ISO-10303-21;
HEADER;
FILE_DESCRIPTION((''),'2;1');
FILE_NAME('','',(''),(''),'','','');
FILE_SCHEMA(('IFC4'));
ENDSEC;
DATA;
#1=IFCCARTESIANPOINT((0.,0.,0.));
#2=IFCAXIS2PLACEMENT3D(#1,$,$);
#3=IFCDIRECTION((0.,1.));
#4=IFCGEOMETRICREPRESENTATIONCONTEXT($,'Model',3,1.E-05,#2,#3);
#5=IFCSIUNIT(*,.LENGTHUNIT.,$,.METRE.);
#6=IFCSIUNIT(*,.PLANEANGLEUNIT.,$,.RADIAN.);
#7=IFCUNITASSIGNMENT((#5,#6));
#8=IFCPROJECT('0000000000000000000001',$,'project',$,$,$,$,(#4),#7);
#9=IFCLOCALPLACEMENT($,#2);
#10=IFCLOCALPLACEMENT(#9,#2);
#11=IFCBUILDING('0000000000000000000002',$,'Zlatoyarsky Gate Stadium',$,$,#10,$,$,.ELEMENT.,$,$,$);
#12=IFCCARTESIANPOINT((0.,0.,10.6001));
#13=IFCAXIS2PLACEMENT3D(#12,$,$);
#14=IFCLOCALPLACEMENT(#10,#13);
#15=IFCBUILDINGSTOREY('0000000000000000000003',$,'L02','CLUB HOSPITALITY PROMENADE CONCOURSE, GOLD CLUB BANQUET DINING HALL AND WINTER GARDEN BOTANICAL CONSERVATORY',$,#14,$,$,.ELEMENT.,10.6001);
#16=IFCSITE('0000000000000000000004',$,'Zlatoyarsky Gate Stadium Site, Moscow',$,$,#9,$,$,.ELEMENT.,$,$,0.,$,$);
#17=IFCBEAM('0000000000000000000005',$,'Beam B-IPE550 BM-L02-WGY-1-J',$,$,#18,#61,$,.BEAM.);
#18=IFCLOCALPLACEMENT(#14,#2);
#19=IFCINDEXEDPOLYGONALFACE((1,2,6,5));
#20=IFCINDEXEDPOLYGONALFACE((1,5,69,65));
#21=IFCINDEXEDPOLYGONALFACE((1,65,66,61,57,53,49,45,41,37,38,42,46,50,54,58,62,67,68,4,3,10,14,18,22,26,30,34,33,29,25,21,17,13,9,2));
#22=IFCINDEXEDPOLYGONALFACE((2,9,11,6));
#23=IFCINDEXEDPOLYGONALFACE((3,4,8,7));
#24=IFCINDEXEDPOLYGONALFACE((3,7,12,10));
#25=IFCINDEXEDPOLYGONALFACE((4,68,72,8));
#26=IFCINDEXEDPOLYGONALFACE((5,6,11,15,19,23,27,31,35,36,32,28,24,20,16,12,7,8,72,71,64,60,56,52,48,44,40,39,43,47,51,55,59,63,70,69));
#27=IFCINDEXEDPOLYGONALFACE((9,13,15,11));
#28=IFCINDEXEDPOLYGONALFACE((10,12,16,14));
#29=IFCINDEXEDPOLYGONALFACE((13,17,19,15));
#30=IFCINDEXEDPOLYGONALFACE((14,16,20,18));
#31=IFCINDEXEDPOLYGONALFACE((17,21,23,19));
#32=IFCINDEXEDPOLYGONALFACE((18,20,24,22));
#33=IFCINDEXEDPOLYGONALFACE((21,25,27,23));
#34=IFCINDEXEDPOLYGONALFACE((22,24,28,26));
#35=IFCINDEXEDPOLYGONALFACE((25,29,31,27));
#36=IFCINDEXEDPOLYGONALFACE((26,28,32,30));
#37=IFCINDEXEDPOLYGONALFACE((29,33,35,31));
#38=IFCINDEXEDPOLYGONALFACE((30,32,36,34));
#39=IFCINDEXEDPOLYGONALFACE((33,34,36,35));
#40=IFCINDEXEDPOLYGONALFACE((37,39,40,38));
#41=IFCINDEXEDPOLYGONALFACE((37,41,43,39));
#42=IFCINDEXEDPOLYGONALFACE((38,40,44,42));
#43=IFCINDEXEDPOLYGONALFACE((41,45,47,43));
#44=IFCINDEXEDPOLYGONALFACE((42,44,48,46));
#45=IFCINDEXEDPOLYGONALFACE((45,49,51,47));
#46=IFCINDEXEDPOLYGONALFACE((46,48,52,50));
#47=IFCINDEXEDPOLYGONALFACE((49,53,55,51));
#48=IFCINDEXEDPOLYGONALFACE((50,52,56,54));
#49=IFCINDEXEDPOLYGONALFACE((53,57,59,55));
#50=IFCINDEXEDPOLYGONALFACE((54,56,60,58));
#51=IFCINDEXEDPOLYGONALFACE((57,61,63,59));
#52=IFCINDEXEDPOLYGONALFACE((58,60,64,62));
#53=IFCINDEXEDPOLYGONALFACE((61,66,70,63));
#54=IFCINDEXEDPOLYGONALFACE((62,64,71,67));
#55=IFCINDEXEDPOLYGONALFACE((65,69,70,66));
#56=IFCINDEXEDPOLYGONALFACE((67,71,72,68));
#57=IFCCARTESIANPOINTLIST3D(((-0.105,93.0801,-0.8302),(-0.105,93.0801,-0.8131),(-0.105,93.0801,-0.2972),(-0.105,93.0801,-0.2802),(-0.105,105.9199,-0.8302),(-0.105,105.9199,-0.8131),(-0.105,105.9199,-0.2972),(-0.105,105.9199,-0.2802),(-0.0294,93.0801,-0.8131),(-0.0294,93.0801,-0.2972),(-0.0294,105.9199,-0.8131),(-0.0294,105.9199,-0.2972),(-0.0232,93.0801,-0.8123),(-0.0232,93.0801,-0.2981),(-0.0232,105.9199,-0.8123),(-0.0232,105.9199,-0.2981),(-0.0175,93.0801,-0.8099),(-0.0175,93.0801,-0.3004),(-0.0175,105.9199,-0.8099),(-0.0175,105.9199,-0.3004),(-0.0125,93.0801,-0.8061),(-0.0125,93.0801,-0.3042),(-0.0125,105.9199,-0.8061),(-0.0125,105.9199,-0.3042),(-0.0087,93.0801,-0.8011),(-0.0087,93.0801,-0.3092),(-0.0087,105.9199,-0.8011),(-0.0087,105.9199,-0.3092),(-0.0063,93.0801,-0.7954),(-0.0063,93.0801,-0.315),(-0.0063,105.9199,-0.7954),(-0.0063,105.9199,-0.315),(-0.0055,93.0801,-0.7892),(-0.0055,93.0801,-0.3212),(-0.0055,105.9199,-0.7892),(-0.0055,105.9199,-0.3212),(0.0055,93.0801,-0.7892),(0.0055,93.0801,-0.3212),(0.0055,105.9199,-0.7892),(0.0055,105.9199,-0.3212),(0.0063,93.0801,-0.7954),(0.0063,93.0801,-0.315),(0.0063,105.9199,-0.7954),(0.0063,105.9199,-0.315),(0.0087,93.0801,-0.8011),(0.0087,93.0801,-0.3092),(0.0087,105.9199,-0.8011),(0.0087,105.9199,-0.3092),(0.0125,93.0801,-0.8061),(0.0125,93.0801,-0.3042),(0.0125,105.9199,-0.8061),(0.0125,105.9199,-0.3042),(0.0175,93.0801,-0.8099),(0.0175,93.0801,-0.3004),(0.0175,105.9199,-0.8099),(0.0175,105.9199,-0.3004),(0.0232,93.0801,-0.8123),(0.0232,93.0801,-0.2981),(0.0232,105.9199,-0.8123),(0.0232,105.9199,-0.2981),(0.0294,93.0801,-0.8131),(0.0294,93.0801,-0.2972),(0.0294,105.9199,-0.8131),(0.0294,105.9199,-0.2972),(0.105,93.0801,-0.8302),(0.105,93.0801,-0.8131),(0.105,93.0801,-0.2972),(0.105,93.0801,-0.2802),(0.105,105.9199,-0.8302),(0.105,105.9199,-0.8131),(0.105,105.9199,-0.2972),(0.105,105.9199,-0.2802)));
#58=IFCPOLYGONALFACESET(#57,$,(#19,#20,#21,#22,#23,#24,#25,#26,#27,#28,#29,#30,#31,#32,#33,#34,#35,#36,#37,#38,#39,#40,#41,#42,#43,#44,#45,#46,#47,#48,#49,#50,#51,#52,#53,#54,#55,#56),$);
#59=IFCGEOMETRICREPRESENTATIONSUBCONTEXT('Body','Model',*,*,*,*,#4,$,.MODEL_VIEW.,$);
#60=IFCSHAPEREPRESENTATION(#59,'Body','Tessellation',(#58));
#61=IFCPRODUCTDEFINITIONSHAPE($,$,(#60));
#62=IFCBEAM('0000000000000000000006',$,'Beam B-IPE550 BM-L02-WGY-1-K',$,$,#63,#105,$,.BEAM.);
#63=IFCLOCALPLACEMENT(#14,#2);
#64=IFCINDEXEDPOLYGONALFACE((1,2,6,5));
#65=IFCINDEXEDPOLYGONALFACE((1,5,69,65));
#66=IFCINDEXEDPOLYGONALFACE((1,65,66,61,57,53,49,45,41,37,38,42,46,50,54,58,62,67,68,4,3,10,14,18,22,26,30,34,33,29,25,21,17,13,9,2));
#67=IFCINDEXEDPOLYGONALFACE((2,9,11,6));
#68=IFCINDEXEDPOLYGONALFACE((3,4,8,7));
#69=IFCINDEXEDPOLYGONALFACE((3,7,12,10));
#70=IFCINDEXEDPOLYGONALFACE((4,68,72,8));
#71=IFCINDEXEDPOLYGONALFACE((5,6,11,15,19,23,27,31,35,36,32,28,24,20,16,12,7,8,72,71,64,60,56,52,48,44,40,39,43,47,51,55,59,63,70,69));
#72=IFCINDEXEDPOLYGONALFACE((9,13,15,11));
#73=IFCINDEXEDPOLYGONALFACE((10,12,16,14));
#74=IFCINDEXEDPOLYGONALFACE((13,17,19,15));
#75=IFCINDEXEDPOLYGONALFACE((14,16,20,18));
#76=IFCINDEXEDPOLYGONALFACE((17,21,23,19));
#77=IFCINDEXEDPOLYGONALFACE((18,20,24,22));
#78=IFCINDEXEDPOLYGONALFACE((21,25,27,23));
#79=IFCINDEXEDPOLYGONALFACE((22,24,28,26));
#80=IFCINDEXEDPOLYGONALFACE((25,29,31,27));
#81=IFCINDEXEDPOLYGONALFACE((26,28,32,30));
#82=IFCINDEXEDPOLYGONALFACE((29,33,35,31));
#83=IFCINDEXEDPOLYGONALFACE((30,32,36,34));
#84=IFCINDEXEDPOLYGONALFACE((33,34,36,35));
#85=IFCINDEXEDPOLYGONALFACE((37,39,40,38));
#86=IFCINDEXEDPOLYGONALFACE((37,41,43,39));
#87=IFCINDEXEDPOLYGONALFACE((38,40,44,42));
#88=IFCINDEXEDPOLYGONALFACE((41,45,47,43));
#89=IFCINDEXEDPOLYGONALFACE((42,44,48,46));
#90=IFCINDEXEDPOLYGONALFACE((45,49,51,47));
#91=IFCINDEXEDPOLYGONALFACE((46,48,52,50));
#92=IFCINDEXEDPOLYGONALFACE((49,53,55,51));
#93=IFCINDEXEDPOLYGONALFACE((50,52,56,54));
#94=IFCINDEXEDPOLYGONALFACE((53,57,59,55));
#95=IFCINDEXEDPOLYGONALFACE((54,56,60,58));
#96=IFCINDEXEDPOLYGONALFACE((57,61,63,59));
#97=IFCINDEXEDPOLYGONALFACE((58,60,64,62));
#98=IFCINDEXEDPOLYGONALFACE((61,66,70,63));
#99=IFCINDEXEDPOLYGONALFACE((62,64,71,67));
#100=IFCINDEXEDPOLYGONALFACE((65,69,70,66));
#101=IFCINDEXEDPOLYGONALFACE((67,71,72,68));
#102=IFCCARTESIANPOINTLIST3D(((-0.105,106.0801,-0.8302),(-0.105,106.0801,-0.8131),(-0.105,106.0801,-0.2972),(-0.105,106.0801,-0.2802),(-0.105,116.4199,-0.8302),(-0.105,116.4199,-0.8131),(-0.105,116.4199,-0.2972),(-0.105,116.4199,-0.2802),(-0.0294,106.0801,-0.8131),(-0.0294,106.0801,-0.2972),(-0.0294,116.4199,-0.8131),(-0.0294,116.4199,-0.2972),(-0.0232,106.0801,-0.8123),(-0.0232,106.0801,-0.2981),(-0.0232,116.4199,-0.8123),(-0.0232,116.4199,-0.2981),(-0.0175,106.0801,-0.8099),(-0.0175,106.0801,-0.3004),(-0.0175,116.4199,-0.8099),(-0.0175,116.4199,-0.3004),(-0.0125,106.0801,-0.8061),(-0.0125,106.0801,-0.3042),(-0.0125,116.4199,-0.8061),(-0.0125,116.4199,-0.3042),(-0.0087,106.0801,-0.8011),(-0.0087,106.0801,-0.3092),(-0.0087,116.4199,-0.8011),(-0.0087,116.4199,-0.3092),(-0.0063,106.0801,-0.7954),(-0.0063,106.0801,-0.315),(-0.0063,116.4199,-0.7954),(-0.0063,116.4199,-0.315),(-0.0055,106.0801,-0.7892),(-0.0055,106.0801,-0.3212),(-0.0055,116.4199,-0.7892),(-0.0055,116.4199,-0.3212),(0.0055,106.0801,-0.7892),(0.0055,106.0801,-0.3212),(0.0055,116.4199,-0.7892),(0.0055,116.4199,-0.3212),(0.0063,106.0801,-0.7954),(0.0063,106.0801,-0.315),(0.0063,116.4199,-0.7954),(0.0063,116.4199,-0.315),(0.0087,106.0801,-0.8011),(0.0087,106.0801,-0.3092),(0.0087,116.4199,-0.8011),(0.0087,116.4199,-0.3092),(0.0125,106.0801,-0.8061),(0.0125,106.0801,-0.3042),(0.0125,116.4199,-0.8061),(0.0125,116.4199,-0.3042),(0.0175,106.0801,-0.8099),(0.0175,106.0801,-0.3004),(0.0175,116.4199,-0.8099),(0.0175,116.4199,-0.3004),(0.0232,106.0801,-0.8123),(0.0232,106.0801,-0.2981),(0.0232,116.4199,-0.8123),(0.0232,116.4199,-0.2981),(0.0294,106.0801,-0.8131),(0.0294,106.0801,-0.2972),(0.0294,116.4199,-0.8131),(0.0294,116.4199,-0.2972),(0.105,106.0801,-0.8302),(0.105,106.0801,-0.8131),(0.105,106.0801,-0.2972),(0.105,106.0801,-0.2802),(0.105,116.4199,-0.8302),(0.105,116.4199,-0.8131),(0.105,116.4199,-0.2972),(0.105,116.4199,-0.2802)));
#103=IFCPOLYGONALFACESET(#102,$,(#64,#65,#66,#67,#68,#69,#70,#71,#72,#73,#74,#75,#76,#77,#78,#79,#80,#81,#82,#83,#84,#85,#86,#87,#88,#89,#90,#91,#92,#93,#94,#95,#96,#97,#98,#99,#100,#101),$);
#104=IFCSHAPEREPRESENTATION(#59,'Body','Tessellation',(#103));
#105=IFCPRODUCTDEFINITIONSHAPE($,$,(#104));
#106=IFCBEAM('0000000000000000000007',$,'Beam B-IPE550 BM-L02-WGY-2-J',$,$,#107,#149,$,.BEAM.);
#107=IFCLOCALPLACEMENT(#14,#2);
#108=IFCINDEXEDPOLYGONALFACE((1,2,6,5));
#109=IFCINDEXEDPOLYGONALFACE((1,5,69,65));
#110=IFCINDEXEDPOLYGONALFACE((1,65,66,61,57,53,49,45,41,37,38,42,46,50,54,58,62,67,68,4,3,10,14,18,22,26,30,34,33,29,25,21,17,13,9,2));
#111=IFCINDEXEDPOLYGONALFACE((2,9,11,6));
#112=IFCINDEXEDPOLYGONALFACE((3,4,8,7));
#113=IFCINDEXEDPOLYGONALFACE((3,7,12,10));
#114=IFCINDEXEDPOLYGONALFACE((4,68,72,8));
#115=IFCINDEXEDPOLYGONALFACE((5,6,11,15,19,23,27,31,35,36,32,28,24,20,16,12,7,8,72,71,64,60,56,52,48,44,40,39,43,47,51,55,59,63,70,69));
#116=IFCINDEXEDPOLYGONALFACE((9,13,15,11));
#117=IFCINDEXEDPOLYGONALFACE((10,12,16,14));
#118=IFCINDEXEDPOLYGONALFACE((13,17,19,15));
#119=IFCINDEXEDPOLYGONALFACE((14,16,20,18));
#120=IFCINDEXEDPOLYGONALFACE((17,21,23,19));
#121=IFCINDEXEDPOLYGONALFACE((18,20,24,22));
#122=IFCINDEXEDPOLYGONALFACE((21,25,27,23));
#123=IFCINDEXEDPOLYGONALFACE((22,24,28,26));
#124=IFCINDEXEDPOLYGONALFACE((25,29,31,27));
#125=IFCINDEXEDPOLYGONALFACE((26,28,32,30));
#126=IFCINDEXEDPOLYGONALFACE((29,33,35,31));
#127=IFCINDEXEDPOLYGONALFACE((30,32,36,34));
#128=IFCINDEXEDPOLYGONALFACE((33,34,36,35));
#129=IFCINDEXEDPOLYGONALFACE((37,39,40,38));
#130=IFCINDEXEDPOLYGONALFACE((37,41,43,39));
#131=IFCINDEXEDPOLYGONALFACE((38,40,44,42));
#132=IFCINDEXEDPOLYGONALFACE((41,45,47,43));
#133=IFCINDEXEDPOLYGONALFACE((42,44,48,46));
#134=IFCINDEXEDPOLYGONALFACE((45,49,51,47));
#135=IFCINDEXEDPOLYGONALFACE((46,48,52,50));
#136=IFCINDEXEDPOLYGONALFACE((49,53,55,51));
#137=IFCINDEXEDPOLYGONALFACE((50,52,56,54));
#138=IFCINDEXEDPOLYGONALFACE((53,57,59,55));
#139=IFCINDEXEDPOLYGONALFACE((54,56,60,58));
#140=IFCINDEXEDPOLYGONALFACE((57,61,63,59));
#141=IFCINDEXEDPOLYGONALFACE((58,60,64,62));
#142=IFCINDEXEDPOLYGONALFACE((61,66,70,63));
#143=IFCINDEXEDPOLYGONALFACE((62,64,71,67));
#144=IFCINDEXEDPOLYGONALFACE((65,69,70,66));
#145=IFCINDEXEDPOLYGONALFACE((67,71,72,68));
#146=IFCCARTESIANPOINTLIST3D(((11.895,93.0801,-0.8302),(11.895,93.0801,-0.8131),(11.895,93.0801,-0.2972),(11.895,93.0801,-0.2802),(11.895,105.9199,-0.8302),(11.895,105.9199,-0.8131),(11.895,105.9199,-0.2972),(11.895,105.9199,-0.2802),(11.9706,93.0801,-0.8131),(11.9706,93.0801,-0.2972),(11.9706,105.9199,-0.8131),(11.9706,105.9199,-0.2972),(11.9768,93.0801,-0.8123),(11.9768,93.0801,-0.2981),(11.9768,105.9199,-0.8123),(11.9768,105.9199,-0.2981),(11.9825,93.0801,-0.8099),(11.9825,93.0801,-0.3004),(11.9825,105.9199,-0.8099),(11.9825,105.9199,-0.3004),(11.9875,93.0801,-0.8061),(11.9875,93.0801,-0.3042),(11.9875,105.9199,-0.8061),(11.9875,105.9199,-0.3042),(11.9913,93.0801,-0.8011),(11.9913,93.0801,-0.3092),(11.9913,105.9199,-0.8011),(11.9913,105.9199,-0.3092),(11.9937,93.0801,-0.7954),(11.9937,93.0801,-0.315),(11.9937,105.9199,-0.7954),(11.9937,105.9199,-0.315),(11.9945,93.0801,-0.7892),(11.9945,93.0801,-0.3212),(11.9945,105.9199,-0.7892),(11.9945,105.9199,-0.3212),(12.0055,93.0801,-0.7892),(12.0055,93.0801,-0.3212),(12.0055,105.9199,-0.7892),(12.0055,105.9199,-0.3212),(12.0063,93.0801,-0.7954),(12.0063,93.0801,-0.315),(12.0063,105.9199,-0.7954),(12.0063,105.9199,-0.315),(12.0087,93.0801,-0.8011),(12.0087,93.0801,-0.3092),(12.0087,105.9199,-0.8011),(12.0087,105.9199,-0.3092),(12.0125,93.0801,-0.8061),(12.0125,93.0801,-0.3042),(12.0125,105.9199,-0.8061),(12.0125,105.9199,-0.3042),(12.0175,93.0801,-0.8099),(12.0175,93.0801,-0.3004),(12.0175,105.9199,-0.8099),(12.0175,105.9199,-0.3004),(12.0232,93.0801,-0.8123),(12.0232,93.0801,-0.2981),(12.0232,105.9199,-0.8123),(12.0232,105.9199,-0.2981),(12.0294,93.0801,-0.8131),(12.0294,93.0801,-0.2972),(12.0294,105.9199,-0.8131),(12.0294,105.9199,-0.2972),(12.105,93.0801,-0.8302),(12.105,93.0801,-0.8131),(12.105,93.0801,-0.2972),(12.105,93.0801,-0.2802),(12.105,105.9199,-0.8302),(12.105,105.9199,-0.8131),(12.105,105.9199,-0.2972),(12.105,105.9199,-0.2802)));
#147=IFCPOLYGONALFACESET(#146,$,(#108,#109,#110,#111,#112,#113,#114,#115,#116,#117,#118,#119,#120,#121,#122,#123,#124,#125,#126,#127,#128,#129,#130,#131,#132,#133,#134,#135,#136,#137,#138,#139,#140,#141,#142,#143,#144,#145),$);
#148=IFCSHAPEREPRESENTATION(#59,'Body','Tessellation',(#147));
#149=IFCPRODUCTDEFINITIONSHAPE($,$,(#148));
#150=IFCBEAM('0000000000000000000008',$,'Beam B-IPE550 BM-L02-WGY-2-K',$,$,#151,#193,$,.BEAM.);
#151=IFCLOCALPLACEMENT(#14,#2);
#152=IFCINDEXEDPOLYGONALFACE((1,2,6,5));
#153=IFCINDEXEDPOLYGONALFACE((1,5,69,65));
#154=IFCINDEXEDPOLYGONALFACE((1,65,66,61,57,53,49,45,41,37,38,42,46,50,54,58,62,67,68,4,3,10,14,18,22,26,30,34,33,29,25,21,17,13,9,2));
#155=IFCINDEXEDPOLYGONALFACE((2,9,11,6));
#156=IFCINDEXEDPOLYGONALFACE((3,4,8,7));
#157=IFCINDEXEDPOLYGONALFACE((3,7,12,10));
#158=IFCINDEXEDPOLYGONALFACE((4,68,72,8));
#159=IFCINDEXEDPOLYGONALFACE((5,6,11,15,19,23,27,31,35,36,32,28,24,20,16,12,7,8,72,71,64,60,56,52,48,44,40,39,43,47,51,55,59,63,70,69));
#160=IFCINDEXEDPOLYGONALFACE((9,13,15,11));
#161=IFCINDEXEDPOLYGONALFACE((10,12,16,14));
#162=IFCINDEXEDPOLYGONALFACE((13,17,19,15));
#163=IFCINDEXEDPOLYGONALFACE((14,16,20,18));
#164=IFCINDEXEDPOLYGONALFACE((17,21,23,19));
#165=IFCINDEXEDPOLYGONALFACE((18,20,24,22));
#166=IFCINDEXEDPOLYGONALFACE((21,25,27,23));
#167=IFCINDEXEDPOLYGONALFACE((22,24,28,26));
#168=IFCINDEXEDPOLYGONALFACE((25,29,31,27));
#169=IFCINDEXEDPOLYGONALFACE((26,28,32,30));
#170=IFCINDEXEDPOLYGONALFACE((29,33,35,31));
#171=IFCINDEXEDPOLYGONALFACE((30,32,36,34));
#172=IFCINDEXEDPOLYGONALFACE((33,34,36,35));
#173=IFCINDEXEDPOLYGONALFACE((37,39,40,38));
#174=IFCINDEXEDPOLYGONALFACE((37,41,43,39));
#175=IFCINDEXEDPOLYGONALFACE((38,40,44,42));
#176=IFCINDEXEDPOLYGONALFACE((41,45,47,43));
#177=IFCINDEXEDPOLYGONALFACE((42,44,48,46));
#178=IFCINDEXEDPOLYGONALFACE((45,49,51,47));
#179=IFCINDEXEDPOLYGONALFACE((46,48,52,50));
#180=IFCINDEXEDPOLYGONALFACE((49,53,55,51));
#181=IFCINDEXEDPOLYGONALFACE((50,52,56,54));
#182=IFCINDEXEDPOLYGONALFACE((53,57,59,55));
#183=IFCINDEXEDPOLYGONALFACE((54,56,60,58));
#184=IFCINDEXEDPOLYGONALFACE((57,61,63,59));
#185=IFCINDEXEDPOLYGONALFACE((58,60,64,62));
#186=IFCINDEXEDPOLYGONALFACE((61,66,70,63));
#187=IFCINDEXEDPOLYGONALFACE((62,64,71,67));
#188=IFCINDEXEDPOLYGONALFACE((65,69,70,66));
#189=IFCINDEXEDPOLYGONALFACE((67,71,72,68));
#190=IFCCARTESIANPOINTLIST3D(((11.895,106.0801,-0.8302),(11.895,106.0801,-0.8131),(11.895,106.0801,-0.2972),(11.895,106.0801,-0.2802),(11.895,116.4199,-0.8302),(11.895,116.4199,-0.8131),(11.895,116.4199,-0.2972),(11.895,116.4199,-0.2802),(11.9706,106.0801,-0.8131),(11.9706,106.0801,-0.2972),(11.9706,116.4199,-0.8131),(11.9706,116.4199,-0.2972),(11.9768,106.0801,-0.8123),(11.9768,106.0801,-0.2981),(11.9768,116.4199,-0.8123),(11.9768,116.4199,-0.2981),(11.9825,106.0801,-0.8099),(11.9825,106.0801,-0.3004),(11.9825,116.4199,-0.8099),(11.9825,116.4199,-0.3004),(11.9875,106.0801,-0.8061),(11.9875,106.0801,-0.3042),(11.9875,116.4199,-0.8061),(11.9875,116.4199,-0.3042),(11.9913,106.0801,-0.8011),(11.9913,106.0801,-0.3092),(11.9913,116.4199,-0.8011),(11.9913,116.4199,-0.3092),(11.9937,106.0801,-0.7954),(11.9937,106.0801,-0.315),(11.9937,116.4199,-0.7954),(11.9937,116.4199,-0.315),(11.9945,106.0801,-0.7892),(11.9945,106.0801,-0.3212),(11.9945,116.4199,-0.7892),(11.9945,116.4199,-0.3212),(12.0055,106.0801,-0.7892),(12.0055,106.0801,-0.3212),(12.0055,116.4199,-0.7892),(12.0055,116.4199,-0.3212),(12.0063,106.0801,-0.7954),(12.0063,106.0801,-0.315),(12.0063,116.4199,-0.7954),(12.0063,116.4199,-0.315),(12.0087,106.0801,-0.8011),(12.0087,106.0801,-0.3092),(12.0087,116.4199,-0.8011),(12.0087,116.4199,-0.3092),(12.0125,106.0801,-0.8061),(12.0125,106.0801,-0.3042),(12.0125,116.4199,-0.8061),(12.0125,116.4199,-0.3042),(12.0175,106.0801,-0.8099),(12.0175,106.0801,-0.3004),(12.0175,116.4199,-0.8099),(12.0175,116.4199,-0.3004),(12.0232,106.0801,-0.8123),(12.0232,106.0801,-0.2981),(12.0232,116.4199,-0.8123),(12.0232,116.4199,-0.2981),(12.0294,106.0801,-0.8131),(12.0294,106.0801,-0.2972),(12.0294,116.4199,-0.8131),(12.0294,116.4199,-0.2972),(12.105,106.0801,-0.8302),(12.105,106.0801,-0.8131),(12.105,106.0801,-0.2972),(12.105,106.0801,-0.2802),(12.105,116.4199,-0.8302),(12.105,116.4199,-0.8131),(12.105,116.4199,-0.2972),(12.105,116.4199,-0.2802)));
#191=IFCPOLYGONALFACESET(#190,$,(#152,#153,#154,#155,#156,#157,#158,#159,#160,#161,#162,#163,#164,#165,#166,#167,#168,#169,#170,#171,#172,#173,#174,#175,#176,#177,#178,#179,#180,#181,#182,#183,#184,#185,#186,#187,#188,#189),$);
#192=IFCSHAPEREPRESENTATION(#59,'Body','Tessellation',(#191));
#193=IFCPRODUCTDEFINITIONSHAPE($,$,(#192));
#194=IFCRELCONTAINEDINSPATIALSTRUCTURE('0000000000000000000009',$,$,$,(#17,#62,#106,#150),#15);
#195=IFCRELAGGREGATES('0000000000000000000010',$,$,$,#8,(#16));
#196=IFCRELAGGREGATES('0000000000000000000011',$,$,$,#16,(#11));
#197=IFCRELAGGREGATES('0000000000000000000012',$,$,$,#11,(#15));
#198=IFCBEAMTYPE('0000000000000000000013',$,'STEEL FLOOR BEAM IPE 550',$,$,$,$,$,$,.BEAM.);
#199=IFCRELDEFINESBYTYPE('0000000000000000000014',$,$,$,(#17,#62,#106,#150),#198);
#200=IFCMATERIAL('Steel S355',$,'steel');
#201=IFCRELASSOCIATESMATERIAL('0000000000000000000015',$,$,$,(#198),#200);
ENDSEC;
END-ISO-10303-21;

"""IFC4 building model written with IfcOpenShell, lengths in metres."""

from ifc_helpers import new_model, si_unit, direction, frame, origin, origin_2d, place, context, subcontext, project, spatial, i_section, extrude, material, material_profile, profile_set, type_object, element, save


model = new_model("IFC4")

# Units and contexts
model_context = context("Model", 3, precision=1e-05, world=origin(), true_north=direction((0.0, 1.0)))
body_context = subcontext(model_context, "Body", "Model", "MODEL_VIEW")
ifc_project = project(units=[si_unit("LENGTHUNIT", "METRE"), si_unit("PLANEANGLEUNIT", "RADIAN")], contexts=[model_context])

# Site, building, storey
site_placement = place(None, origin())
site = spatial("IfcSite", under=ifc_project, at=site_placement, Name="Zlatoyarsky Gate Stadium Site, Moscow", CompositionType="ELEMENT", RefElevation=0.0)
building_placement = place(site_placement, origin())
building = spatial("IfcBuilding", under=site, at=building_placement, Name="Zlatoyarsky Gate Stadium", CompositionType="ELEMENT")
storey_placement = place(building_placement, frame((0.0, 0.0, 10.6001)))
storey = spatial("IfcBuildingStorey", under=building, at=storey_placement, Name="L02", Description="CLUB HOSPITALITY PROMENADE CONCOURSE, GOLD CLUB BANQUET DINING HALL AND WINTER GARDEN BOTANICAL CONSERVATORY", CompositionType="ELEMENT", Elevation=10.6001)

# Shared definitions
ifc_material_1 = material(Name="Steel S355", Category="steel")

# Beams
ifc_material_profile_1 = material_profile(ifc_material_1, i_section(OverallWidth=0.21, OverallDepth=0.55, WebThickness=0.011, FlangeThickness=0.0171, FilletRadius=0.0239, at=origin_2d()), Name="IPE 550")
ifc_profile_set_1 = profile_set([ifc_material_profile_1], Name="Steel S355")
beam_type_1 = type_object("IfcBeamType", Name="STEEL FLOOR BEAM IPE 550", PredefinedType="BEAM", material=ifc_profile_set_1)
beam_1_placement = place(storey_placement, frame((0.0, 93.0801, -0.5552), z_axis=(0.0, 1.0, 0.0), x_axis=(-1.0, 0.0, 0.0)))
element("IfcBeam", 1, at=beam_1_placement, inside=storey, type_object=beam_type_1, Name="Beam B-IPE550 BM-L02-WGY-1-J", PredefinedType="BEAM", context=body_context, shape_type="SweptSolid", body=[
    extrude(i_section(OverallWidth=0.21, OverallDepth=0.55, WebThickness=0.011, FlangeThickness=0.0171, FilletRadius=0.0239, at=origin_2d()), origin(), (0.0, 0.0, 1.0), 12.8398),
])
beam_2_placement = place(storey_placement, frame((0.0, 106.0801, -0.5552), z_axis=(0.0, 1.0, 0.0), x_axis=(-1.0, 0.0, 0.0)))
element("IfcBeam", 2, at=beam_2_placement, inside=storey, type_object=beam_type_1, Name="Beam B-IPE550 BM-L02-WGY-1-K", PredefinedType="BEAM", context=body_context, shape_type="SweptSolid", body=[
    extrude(i_section(OverallWidth=0.21, OverallDepth=0.55, WebThickness=0.011, FlangeThickness=0.0171, FilletRadius=0.0239, at=origin_2d()), origin(), (0.0, 0.0, 1.0), 10.3398),
])
beam_3_placement = place(storey_placement, frame((12.0, 93.0801, -0.5552), z_axis=(0.0, 1.0, 0.0), x_axis=(-1.0, 0.0, 0.0)))
element("IfcBeam", 3, at=beam_3_placement, inside=storey, type_object=beam_type_1, Name="Beam B-IPE550 BM-L02-WGY-2-J", PredefinedType="BEAM", context=body_context, shape_type="SweptSolid", body=[
    extrude(i_section(OverallWidth=0.21, OverallDepth=0.55, WebThickness=0.011, FlangeThickness=0.0171, FilletRadius=0.0239, at=origin_2d()), origin(), (0.0, 0.0, 1.0), 12.8398),
])
beam_4_placement = place(storey_placement, frame((12.0, 106.0801, -0.5552), z_axis=(0.0, 1.0, 0.0), x_axis=(-1.0, 0.0, 0.0)))
element("IfcBeam", 4, at=beam_4_placement, inside=storey, type_object=beam_type_1, Name="Beam B-IPE550 BM-L02-WGY-2-K", PredefinedType="BEAM", context=body_context, shape_type="SweptSolid", body=[
    extrude(i_section(OverallWidth=0.21, OverallDepth=0.55, WebThickness=0.011, FlangeThickness=0.0171, FilletRadius=0.0239, at=origin_2d()), origin(), (0.0, 0.0, 1.0), 10.3398),
])

save(model, "model.ifc")
